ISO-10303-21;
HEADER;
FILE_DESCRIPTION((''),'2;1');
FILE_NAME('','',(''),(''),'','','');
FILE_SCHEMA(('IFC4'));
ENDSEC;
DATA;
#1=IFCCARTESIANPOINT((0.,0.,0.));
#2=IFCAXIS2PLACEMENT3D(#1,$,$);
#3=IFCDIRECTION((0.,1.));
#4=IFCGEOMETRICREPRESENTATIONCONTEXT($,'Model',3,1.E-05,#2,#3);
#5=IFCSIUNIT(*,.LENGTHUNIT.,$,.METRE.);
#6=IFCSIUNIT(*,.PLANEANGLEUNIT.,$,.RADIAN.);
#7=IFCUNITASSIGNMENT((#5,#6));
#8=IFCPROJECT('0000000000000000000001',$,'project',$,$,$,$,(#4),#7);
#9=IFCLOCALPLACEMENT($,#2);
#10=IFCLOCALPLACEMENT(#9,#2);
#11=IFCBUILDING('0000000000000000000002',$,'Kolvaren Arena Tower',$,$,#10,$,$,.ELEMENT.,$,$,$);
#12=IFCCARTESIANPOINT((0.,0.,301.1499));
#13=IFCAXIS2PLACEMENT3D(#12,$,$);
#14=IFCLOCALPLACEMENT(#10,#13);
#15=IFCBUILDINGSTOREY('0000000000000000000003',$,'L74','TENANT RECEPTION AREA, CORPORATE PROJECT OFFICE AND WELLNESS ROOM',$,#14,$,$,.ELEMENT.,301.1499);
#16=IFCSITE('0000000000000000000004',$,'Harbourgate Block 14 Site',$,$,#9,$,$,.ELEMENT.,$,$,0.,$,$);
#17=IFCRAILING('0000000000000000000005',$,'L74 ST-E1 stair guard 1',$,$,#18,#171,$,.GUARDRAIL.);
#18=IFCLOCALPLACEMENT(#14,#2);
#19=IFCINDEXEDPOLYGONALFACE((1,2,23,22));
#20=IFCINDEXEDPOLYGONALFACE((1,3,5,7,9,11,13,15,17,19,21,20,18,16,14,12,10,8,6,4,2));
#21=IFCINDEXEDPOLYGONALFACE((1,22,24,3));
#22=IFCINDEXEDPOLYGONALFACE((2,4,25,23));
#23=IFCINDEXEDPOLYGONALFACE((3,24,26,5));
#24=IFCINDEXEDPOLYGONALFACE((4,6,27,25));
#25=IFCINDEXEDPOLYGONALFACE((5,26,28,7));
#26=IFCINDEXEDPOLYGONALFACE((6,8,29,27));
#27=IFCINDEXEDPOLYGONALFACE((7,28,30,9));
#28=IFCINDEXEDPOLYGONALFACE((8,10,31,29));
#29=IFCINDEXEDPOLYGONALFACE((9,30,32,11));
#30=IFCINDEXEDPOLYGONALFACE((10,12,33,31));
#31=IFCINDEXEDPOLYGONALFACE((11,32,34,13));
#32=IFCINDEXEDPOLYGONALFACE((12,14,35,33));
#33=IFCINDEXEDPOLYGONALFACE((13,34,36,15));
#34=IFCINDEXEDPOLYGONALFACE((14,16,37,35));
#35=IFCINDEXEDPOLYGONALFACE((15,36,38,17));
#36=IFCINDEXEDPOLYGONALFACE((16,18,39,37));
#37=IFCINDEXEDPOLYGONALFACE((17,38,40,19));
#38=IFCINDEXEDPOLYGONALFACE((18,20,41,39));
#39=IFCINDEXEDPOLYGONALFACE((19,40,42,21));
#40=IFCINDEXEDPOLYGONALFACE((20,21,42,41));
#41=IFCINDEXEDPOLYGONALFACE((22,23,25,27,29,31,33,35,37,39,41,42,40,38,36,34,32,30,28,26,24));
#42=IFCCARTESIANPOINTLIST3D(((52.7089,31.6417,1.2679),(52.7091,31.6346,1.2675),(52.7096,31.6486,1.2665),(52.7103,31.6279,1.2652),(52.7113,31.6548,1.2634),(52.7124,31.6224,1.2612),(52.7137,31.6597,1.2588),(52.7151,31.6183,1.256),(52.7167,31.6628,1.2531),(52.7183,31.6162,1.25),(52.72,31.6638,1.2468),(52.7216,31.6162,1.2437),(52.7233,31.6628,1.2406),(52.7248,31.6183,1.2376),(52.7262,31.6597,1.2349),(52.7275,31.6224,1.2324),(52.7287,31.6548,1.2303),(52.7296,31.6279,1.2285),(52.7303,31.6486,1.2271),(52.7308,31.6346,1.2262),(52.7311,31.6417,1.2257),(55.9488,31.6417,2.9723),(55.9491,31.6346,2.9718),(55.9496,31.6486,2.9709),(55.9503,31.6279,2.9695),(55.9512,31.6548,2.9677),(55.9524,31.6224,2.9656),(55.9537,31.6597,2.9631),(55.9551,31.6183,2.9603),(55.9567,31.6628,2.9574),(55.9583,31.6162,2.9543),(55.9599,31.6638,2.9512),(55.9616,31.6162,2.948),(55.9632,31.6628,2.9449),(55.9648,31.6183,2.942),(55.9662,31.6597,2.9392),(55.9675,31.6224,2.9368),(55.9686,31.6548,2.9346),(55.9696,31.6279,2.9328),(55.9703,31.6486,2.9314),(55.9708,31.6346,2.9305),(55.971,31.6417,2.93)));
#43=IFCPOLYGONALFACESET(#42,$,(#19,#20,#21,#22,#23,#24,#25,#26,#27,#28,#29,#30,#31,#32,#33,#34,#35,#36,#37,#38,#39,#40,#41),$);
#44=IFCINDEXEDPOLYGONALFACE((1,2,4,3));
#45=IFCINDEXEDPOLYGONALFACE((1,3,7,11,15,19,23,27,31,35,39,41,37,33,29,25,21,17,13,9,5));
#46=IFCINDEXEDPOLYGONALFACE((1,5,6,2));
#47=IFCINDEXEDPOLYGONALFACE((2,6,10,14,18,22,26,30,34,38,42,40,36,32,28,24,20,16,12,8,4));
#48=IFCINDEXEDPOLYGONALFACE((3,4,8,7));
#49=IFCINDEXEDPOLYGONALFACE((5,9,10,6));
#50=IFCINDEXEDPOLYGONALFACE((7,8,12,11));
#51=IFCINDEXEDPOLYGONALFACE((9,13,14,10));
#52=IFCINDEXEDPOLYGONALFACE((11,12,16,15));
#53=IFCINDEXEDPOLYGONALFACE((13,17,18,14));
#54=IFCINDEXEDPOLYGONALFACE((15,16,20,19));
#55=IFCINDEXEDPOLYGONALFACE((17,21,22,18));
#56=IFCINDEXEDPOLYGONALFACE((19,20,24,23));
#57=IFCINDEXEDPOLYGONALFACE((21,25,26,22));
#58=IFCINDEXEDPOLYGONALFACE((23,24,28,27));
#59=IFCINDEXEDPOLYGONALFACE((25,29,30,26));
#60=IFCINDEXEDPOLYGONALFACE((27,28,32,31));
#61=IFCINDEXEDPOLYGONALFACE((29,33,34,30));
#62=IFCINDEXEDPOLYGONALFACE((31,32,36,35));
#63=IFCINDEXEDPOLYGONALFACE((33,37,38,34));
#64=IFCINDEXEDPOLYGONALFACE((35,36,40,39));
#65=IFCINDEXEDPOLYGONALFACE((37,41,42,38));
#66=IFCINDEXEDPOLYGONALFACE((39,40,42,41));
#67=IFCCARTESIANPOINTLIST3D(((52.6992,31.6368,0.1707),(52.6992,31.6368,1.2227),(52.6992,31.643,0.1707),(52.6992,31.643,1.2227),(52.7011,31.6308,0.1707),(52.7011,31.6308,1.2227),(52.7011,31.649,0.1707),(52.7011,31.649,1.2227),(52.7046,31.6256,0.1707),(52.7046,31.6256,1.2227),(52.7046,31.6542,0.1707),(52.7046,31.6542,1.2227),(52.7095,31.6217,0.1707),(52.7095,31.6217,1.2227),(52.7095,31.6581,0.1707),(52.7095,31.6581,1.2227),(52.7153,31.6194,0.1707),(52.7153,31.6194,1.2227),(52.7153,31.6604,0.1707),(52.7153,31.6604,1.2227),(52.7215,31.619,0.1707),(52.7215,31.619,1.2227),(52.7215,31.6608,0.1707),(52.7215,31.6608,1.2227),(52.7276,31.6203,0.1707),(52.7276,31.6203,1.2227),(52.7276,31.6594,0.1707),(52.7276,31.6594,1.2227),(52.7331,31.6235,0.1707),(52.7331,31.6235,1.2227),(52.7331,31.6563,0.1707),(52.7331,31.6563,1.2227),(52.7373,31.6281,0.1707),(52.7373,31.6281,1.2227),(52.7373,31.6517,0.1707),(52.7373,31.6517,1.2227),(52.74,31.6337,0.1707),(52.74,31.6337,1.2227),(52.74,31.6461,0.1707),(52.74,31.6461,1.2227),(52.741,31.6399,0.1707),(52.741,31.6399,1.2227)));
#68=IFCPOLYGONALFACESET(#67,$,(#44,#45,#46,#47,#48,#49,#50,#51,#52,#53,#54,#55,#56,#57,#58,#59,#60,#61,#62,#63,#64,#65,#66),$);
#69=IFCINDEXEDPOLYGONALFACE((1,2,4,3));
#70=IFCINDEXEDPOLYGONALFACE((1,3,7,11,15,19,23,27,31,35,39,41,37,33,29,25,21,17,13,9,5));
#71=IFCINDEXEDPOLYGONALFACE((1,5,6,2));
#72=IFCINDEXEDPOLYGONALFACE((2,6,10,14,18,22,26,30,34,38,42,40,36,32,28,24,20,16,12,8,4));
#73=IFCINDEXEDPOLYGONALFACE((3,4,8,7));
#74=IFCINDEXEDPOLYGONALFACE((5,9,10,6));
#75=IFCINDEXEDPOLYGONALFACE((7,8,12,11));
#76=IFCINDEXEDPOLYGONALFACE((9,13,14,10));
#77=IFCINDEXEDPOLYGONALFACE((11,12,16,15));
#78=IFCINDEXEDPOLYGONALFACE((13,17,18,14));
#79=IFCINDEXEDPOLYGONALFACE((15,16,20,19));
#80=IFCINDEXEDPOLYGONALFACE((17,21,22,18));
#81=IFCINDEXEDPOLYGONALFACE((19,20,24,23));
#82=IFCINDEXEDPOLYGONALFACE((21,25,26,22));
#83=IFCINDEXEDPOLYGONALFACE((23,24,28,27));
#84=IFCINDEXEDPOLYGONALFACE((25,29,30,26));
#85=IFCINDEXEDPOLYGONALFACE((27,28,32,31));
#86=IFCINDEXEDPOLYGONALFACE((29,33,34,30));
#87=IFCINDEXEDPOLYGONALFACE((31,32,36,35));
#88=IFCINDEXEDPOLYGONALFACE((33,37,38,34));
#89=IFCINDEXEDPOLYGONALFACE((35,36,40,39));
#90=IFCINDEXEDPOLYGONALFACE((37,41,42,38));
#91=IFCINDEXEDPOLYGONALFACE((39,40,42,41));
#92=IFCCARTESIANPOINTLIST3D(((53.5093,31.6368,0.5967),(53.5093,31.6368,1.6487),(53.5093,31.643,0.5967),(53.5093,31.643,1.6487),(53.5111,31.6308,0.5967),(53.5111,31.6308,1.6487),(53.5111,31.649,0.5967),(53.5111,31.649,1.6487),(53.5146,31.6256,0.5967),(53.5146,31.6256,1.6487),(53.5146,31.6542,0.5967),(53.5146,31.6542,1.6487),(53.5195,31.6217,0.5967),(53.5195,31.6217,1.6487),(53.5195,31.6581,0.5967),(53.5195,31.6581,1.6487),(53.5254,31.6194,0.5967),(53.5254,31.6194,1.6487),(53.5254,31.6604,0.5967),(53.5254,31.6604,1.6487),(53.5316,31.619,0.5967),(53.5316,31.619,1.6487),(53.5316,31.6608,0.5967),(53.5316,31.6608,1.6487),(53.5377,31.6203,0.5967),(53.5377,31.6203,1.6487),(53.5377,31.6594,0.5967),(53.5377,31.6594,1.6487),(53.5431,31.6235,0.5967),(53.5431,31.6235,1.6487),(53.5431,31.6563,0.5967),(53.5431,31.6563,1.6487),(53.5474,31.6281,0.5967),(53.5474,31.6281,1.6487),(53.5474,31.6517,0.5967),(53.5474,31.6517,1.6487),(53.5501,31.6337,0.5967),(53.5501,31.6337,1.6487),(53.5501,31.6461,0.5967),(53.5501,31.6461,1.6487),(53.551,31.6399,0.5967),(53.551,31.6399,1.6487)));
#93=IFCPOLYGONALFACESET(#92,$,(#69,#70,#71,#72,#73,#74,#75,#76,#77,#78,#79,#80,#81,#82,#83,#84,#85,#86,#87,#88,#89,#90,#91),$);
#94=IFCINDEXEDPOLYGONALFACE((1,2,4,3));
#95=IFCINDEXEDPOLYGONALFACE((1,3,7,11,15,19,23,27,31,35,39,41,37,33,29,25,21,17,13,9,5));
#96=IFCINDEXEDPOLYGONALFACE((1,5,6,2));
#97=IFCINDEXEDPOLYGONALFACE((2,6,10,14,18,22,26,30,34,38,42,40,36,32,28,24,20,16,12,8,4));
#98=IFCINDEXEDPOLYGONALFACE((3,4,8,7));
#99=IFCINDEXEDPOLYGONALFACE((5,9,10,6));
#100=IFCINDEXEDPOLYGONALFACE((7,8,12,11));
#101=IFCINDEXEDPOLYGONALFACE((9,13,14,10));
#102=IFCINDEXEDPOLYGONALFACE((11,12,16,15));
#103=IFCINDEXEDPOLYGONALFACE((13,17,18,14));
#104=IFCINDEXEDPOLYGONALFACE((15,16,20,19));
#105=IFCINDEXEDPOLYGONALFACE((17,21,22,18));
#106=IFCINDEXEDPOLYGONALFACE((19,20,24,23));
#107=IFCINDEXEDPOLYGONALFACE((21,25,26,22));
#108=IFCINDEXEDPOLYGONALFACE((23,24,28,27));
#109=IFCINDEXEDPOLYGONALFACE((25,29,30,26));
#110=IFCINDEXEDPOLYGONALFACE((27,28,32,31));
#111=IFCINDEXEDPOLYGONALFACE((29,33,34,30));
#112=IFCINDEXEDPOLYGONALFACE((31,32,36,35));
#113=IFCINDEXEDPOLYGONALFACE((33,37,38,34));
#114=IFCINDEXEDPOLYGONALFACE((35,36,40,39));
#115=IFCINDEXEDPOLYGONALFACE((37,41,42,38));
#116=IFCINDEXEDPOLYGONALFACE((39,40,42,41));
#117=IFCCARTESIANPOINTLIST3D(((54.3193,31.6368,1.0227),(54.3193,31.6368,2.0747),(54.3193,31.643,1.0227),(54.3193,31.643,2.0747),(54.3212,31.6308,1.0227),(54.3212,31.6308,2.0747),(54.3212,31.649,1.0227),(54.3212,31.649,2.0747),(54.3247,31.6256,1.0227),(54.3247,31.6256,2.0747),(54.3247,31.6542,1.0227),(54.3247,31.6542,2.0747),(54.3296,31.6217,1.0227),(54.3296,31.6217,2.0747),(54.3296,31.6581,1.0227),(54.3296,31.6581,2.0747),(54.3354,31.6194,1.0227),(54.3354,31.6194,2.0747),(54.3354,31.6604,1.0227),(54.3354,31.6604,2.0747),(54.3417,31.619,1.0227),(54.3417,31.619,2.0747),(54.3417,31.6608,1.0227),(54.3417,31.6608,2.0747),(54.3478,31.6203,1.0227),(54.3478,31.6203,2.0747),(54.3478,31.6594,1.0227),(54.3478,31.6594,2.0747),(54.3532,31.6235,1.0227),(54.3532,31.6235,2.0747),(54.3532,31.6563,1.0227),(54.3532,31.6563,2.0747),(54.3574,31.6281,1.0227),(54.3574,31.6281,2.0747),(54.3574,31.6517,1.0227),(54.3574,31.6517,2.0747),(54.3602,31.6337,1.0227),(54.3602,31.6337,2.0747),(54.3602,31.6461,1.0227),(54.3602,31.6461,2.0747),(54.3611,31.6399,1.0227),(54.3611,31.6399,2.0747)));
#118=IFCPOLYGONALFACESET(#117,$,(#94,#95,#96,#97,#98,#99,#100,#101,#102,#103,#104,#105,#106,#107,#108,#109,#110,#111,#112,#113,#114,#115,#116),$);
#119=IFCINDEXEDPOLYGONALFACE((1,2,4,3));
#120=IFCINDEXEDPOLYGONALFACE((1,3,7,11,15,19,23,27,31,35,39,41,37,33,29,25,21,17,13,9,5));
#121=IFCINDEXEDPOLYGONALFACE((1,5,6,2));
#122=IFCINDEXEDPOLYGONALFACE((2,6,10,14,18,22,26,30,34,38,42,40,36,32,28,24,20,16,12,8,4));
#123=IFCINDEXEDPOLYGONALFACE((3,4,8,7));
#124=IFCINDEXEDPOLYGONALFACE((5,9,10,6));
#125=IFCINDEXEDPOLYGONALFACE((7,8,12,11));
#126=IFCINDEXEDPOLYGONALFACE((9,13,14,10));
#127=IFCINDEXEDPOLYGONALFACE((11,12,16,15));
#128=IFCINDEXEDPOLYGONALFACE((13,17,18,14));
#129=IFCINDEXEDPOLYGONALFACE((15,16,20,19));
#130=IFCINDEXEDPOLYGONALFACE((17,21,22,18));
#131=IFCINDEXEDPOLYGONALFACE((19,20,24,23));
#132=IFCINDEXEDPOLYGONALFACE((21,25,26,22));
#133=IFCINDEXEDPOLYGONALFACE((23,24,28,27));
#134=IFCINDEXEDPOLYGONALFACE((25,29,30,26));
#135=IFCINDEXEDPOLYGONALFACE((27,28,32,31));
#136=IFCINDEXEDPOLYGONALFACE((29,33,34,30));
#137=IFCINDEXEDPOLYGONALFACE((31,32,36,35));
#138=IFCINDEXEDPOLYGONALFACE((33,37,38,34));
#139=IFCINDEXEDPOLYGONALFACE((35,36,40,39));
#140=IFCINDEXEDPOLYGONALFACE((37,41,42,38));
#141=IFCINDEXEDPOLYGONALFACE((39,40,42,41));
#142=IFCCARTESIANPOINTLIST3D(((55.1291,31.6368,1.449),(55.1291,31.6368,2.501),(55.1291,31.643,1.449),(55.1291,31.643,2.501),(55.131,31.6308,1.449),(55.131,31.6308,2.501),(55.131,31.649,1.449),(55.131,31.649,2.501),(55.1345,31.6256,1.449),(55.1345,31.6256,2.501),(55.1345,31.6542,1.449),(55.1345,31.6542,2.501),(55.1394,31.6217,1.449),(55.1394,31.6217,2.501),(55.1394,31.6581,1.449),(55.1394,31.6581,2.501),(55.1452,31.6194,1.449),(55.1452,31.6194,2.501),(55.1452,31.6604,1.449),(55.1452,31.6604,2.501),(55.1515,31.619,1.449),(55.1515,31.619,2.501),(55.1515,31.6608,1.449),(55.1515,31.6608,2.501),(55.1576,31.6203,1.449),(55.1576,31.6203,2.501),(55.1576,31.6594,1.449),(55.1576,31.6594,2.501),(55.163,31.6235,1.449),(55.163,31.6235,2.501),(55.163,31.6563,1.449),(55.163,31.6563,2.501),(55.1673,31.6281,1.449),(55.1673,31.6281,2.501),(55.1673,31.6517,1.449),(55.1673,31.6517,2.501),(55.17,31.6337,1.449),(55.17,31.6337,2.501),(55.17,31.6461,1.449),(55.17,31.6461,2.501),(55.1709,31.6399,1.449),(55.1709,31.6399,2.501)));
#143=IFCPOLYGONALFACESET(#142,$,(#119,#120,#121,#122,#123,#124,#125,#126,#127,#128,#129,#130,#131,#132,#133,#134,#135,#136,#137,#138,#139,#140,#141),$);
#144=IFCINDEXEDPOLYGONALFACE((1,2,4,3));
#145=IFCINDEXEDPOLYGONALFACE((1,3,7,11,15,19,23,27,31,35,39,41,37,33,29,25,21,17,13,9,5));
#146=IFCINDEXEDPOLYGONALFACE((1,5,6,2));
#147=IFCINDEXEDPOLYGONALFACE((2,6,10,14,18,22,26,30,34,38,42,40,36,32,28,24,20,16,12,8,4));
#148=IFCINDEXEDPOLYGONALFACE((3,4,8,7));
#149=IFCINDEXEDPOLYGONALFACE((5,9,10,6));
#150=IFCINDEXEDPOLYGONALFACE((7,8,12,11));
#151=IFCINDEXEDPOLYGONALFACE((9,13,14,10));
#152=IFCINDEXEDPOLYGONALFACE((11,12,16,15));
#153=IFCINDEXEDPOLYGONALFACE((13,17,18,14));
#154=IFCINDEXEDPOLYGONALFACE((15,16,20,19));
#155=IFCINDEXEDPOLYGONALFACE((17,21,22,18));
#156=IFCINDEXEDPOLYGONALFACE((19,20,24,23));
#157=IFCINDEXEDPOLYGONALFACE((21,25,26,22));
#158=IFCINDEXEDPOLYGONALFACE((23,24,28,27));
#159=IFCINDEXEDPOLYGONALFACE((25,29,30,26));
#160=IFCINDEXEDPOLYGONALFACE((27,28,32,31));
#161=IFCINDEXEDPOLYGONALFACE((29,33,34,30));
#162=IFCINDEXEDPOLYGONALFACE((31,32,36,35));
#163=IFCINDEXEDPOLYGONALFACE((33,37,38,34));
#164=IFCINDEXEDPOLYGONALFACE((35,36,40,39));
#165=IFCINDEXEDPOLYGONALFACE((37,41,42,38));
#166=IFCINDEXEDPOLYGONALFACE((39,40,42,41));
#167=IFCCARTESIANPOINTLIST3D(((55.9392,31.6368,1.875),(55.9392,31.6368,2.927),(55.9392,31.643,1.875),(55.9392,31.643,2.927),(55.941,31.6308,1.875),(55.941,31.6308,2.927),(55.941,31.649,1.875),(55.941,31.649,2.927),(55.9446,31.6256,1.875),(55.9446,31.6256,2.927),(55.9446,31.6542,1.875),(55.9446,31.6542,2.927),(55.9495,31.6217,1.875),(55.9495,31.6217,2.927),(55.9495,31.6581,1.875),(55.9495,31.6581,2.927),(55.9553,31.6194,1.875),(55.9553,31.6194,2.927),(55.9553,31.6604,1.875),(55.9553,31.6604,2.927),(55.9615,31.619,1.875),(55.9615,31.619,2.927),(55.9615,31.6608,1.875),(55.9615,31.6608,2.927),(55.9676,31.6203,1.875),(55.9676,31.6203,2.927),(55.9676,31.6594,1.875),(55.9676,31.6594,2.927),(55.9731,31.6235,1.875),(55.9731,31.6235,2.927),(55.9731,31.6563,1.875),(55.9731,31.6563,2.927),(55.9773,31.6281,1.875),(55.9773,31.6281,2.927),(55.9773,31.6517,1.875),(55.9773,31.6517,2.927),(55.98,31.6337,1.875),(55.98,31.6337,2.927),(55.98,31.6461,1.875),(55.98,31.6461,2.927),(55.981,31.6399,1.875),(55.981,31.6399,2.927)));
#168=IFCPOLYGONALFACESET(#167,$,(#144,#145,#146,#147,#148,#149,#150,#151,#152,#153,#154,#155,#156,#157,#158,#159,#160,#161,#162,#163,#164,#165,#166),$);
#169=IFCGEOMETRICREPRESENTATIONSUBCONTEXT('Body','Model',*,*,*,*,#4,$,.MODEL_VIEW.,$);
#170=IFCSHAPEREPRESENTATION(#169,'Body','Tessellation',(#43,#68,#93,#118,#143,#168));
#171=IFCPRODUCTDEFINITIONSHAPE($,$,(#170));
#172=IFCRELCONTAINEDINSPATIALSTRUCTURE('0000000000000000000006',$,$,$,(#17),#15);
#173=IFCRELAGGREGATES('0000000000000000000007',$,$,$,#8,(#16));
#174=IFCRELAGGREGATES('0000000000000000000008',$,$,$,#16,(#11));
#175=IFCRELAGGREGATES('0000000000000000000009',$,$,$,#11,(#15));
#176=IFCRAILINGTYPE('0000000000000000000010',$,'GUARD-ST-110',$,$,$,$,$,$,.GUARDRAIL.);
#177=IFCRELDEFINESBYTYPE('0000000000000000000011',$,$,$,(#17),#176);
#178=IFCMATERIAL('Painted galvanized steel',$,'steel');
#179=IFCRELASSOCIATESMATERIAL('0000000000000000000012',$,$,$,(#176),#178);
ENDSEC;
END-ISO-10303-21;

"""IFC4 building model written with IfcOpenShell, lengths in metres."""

from ifc_helpers import new_model, si_unit, direction, frame, origin, origin_2d, place, context, subcontext, project, spatial, circle, extrude, material, type_object, element, save


model = new_model("IFC4")

# Units and contexts
model_context = context("Model", 3, precision=1e-05, world=origin(), true_north=direction((0.0, 1.0)))
body_context = subcontext(model_context, "Body", "Model", "MODEL_VIEW")
ifc_project = project(units=[si_unit("LENGTHUNIT", "METRE"), si_unit("PLANEANGLEUNIT", "RADIAN")], contexts=[model_context])

# Site, building, storey
site_placement = place(None, origin())
site = spatial("IfcSite", under=ifc_project, at=site_placement, Name="Harbourgate Block 14 Site", CompositionType="ELEMENT", RefElevation=0.0)
building_placement = place(site_placement, origin())
building = spatial("IfcBuilding", under=site, at=building_placement, Name="Kolvaren Arena Tower", CompositionType="ELEMENT")
storey_placement = place(building_placement, frame((0.0, 0.0, 301.1499)))
storey = spatial("IfcBuildingStorey", under=building, at=storey_placement, Name="L74", Description="TENANT RECEPTION AREA, CORPORATE PROJECT OFFICE AND WELLNESS ROOM", CompositionType="ELEMENT", Elevation=301.1499)

# Railing
ifc_material_1 = material(Name="Painted galvanized steel", Category="steel")
railing_type_1 = type_object("IfcRailingType", Name="GUARD-ST-110", PredefinedType="GUARDRAIL", material=ifc_material_1)
railing_1_placement = place(storey_placement, frame((52.72, 31.6399, 0.1707)))
element("IfcRailing", 1, at=railing_1_placement, inside=storey, type_object=railing_type_1, Name="L74 ST-E1 stair guard 1", PredefinedType="GUARDRAIL", context=body_context, shape_type="SweptSolid", body=[
    extrude(circle(Radius=0.0239, at=origin_2d()), frame((0.0, 0.0, 1.0762), z_axis=(0.885021, 0.0, 0.465551), x_axis=(0.0, 1.0, 0.0)), (0.0, 0.0, 1.0), 3.6609),
    extrude(circle(Radius=0.021, at=origin_2d()), origin(), (0.0, 0.0, 1.0), 1.052),
    extrude(circle(Radius=0.021, at=origin_2d()), frame((0.8101, 0.0, 0.426)), (0.0, 0.0, 1.0), 1.052),
    extrude(circle(Radius=0.021, at=origin_2d()), frame((1.6201, 0.0, 0.8521)), (0.0, 0.0, 1.0), 1.052),
    extrude(circle(Radius=0.021, at=origin_2d()), frame((2.4299, 0.0, 1.2783)), (0.0, 0.0, 1.0), 1.052),
    extrude(circle(Radius=0.021, at=origin_2d()), frame((3.24, 0.0, 1.7043)), (0.0, 0.0, 1.0), 1.052),
])

save(model, "model.ifc")
